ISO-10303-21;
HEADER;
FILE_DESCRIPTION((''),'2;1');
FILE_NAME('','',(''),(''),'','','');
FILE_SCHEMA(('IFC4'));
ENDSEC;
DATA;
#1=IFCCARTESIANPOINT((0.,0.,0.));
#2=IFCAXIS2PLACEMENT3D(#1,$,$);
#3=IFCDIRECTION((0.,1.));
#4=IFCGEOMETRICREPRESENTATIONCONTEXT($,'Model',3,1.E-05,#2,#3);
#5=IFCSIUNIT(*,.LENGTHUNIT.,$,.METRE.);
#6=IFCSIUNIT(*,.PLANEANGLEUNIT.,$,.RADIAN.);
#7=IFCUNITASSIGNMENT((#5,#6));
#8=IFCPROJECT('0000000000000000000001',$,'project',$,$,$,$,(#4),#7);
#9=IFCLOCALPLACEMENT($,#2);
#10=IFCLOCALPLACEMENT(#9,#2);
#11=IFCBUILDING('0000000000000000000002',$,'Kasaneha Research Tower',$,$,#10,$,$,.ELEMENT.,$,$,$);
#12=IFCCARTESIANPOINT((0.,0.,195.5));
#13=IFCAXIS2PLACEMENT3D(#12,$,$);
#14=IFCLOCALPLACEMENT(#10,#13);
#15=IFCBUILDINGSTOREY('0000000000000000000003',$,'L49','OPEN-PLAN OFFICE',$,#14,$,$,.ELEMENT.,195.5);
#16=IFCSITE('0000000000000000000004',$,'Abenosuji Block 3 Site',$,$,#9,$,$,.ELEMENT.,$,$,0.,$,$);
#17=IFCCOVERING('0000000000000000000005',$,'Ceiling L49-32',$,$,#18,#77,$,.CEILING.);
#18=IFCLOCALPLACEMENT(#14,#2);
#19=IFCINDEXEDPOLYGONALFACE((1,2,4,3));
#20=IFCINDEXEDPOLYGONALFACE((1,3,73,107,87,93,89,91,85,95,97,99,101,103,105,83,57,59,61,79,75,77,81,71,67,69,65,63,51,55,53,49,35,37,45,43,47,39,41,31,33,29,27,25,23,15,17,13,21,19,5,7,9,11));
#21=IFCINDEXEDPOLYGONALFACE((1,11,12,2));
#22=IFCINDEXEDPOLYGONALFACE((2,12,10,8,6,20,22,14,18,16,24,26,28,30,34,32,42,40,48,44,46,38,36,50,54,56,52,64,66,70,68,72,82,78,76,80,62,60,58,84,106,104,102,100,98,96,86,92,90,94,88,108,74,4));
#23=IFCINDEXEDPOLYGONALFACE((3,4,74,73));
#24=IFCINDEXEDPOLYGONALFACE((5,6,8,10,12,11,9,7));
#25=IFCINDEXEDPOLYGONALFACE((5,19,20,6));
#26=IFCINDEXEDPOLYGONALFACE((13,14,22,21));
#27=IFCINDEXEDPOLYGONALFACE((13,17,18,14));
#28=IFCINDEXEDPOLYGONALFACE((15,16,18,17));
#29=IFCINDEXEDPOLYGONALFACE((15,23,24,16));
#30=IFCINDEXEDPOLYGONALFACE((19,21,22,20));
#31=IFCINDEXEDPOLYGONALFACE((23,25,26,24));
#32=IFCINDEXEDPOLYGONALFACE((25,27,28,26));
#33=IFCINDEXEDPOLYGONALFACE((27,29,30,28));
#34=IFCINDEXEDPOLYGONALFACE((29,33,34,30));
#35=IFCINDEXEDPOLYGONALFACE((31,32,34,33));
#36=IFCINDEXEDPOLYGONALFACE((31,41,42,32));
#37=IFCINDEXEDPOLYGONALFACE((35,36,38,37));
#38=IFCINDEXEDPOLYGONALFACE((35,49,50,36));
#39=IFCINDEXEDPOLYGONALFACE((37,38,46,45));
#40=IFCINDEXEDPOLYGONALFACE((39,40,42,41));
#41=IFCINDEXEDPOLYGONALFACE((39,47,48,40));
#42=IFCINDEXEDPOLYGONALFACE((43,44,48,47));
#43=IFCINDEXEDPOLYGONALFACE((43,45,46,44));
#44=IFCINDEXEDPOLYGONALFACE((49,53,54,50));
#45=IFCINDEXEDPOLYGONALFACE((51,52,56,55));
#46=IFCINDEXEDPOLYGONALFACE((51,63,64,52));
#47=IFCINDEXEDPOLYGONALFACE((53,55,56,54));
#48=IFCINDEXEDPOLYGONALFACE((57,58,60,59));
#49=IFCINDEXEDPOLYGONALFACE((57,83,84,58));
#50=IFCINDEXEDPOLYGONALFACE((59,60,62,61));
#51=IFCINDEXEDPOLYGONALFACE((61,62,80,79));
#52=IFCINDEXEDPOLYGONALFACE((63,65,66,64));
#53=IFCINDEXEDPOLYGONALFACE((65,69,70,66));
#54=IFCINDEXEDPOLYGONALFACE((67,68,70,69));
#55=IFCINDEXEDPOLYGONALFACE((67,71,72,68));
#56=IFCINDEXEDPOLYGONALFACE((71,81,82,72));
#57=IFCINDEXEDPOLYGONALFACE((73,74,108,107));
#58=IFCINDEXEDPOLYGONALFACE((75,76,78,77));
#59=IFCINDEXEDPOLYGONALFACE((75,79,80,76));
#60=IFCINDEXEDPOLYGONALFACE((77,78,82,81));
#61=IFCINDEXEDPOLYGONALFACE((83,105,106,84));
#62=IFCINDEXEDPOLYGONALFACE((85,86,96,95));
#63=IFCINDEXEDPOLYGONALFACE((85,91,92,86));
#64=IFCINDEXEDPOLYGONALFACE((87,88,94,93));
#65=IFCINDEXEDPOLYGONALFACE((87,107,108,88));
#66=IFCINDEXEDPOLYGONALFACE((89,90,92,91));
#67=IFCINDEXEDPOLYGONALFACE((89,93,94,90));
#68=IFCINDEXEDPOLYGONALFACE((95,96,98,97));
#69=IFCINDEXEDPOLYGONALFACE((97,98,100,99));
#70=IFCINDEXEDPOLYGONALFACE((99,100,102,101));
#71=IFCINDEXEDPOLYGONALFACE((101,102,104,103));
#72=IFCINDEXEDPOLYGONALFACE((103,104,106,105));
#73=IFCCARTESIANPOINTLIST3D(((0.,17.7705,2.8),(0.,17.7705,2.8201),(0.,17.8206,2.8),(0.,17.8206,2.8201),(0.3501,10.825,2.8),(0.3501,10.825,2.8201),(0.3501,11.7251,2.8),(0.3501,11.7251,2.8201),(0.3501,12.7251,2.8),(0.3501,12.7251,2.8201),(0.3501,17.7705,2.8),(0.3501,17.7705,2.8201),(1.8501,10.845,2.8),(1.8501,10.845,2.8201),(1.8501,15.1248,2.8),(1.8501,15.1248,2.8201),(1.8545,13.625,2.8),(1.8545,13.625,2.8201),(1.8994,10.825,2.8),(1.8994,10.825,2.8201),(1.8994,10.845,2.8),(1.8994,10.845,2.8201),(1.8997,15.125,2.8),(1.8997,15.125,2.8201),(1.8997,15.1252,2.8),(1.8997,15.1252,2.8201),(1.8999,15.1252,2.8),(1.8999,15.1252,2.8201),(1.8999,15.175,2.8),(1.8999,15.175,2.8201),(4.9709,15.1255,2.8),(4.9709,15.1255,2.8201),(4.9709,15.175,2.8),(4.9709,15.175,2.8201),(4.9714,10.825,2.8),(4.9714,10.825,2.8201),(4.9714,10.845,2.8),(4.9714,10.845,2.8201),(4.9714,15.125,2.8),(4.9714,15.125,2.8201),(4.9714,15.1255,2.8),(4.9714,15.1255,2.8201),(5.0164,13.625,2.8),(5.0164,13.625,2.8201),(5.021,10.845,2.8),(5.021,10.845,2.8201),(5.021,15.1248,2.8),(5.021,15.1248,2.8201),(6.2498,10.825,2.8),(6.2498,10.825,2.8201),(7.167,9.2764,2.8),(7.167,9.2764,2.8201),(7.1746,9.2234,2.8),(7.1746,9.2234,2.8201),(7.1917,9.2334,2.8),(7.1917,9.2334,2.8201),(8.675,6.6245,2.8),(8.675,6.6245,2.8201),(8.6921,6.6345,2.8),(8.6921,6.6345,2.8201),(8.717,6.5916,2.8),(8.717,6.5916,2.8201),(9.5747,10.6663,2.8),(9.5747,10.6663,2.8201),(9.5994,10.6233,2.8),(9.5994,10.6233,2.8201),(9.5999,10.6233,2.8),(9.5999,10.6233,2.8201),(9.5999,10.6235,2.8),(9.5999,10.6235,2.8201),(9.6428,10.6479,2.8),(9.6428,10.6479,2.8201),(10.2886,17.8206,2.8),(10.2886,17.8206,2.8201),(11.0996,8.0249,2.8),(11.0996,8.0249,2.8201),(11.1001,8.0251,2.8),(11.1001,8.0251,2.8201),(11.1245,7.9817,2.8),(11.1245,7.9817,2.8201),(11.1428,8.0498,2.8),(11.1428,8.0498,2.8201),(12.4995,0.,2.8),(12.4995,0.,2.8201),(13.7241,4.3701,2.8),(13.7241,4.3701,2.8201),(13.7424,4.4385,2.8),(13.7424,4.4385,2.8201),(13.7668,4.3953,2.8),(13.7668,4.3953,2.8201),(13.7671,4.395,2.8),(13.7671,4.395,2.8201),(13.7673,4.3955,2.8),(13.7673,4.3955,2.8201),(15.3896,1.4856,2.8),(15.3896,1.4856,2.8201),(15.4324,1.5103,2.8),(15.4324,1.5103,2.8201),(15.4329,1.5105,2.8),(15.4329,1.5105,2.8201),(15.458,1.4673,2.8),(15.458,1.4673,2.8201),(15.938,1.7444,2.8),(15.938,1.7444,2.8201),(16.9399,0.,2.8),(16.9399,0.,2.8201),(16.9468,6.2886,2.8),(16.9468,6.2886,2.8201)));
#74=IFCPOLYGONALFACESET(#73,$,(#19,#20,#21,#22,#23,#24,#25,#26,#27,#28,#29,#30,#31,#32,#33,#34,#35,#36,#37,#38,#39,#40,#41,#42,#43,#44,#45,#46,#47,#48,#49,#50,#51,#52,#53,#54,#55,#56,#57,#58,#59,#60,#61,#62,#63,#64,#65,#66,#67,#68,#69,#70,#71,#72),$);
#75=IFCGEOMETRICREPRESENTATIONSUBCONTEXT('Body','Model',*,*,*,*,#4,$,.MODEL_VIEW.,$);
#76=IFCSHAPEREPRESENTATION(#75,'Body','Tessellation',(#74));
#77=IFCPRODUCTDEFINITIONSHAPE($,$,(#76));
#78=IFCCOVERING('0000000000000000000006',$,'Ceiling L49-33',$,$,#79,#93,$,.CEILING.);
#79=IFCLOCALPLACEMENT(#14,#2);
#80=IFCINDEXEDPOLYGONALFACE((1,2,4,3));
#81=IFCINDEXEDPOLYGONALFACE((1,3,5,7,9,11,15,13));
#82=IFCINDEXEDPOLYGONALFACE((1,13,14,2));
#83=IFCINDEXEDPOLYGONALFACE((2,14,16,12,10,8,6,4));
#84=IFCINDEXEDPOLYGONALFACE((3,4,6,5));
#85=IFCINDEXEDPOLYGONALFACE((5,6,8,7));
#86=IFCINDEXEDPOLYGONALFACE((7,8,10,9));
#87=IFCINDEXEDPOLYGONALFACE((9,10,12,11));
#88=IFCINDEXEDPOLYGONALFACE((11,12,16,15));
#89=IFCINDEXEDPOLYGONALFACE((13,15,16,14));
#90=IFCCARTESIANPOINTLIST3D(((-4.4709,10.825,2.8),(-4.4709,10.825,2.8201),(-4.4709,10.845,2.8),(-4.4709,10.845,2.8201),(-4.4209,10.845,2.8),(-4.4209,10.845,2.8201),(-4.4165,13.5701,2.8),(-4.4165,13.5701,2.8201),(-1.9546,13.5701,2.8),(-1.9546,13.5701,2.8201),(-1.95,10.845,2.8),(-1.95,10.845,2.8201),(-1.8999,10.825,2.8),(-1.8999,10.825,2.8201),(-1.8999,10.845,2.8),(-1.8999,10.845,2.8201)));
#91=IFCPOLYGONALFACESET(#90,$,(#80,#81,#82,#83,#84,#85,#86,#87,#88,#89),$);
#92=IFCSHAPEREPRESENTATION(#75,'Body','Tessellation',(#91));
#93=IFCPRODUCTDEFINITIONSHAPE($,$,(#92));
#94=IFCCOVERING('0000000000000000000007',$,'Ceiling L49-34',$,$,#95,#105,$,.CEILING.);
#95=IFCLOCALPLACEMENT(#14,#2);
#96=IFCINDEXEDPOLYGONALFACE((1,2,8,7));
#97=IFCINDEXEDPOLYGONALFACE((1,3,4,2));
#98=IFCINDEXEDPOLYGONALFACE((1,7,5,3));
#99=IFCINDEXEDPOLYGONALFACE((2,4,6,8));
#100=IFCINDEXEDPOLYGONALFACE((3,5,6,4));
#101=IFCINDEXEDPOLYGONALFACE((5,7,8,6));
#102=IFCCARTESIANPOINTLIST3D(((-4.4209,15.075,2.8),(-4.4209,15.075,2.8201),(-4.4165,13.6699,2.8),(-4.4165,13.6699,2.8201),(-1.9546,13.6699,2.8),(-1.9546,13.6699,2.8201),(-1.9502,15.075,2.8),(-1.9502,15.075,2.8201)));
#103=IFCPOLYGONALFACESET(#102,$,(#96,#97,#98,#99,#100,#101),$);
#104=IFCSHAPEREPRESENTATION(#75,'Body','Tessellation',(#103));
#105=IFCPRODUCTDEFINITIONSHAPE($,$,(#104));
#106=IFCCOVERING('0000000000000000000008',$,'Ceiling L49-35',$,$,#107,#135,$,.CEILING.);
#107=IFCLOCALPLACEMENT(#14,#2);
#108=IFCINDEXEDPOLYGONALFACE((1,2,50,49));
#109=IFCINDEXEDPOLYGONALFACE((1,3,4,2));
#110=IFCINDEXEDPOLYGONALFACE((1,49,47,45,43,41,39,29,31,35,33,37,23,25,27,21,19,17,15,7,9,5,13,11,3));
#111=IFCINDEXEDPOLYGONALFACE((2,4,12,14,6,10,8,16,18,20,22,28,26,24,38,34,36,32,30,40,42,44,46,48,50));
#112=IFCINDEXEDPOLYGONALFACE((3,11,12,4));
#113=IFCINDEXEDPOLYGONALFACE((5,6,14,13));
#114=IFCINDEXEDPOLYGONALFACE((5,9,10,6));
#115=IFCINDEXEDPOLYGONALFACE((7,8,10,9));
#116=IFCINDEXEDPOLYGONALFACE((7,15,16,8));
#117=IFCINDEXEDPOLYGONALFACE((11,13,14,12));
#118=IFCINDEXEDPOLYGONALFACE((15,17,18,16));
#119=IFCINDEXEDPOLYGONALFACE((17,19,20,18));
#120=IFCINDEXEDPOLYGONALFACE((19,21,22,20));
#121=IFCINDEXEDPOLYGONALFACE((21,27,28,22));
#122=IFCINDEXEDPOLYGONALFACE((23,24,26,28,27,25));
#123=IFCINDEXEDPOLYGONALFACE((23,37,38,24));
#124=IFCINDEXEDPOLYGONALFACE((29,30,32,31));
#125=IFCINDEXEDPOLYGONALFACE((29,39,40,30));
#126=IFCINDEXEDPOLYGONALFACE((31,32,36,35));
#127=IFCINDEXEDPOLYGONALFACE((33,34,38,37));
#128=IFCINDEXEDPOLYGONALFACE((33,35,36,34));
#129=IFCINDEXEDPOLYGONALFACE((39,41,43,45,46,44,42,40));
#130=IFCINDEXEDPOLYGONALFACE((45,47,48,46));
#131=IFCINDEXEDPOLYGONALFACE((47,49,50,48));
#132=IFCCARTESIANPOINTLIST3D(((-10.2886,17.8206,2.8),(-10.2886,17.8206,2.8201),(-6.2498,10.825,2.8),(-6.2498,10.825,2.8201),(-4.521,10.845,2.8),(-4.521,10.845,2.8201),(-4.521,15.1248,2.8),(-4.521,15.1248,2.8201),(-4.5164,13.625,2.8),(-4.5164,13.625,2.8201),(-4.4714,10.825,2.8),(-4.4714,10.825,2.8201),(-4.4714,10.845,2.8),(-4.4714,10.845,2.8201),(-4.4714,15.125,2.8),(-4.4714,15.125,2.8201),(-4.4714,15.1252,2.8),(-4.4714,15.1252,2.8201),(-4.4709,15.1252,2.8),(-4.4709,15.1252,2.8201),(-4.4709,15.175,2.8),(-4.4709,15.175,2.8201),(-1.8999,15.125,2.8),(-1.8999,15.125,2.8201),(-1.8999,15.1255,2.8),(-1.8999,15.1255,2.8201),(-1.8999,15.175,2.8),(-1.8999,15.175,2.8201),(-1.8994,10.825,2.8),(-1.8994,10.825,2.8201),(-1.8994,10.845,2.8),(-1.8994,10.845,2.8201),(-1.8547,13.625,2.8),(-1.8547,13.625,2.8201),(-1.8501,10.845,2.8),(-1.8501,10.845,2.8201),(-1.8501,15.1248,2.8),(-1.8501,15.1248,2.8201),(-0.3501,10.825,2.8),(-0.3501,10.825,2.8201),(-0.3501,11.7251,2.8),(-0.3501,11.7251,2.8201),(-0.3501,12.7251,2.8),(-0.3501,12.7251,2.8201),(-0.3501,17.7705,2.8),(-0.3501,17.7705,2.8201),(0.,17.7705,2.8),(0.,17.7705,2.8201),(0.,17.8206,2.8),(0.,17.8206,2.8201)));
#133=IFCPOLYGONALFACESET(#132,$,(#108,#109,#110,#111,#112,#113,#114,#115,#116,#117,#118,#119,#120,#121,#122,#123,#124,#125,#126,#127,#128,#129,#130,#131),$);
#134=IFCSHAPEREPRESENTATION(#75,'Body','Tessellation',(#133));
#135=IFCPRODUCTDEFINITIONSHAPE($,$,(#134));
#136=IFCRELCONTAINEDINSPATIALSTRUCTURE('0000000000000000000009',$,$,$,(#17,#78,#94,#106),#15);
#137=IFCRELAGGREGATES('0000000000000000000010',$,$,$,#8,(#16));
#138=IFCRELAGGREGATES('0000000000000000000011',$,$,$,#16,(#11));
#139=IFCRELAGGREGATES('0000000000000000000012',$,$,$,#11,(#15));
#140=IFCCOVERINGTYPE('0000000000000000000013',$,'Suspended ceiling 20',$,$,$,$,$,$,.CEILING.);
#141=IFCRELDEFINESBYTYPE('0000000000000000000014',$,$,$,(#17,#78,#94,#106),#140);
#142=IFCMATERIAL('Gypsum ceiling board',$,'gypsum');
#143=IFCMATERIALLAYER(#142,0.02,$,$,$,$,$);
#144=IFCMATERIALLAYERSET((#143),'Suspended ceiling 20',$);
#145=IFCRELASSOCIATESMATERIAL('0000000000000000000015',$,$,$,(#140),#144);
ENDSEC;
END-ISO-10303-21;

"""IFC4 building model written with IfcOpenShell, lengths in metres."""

from ifc_helpers import new_model, si_unit, direction, frame, origin, place, context, subcontext, project, spatial, polyline, outline, extrude, material, layer, layer_set, type_object, element, save


model = new_model("IFC4")

# Units and contexts
model_context = context("Model", 3, precision=1e-05, world=origin(), true_north=direction((0.0, 1.0)))
body_context = subcontext(model_context, "Body", "Model", "MODEL_VIEW")
ifc_project = project(units=[si_unit("LENGTHUNIT", "METRE"), si_unit("PLANEANGLEUNIT", "RADIAN")], contexts=[model_context])

# Site, building, storey
site_placement = place(None, origin())
site = spatial("IfcSite", under=ifc_project, at=site_placement, Name="Abenosuji Block 3 Site", CompositionType="ELEMENT", RefElevation=0.0)
building_placement = place(site_placement, origin())
building = spatial("IfcBuilding", under=site, at=building_placement, Name="Kasaneha Research Tower", CompositionType="ELEMENT")
storey_placement = place(building_placement, frame((0.0, 0.0, 195.5)))
storey = spatial("IfcBuildingStorey", under=building, at=storey_placement, Name="L49", Description="OPEN-PLAN OFFICE", CompositionType="ELEMENT", Elevation=195.5)

# Coverings
ifc_material_1 = material(Name="Gypsum ceiling board", Category="gypsum")
ifc_layer_1 = layer(ifc_material_1, 0.02)
ifc_layer_set_1 = layer_set([ifc_layer_1], Name="Suspended ceiling 20")
covering_type = type_object("IfcCoveringType", Name="Suspended ceiling 20", PredefinedType="CEILING", material=ifc_layer_set_1)
covering_1_placement = place(storey_placement, frame((0.0, 0.0, 2.8)))
element("IfcCovering", 1, at=covering_1_placement, inside=storey, type_object=covering_type, Name="Ceiling L49-32", PredefinedType="CEILING", context=body_context, shape_type="SweptSolid", body=[
    extrude(outline(polyline([(8.6921, 6.6345), (8.717, 6.5916), (11.1245, 7.9817), (11.0996, 8.0249), (11.1001, 8.0251), (11.1001, 8.0251), (11.1428, 8.0498), (9.6428, 10.6479), (9.5999, 10.6233), (9.5999, 10.6235), (9.5994, 10.6233), (9.5747, 10.6663), (7.167, 9.2764), (7.1917, 9.2334), (7.1746, 9.2234), (6.2498, 10.825), (4.9714, 10.825), (4.9714, 10.845), (5.021, 10.845), (5.0164, 13.625), (5.021, 15.1248), (4.9714, 15.125), (4.9714, 15.1255), (4.9709, 15.1255), (4.9709, 15.175), (1.8999, 15.175), (1.8999, 15.1252), (1.8997, 15.1252), (1.8997, 15.125), (1.8501, 15.1248), (1.8545, 13.625), (1.8501, 10.845), (1.8994, 10.845), (1.8994, 10.825), (0.3501, 10.825), (0.3501, 11.7251), (0.3501, 12.7251), (0.3501, 17.7705), (0.3501, 17.7705), (0.0, 17.7705), (0.0, 17.8206), (10.2886, 17.8206), (16.9468, 6.2886), (13.7424, 4.4385), (13.7673, 4.3955), (13.7668, 4.3953), (13.7671, 4.395), (13.7241, 4.3701), (15.3896, 1.4856), (15.4324, 1.5103), (15.4324, 1.5103), (15.4329, 1.5105), (15.458, 1.4673), (15.938, 1.7444), (16.9399, 0.0), (12.4995, 0.0), (8.675, 6.6245), (8.6921, 6.6345)])), origin(), (0.0, 0.0, 1.0), 0.02),
])
covering_2_placement = place(storey_placement, frame((0.0, 0.0, 2.8)))
element("IfcCovering", 2, at=covering_2_placement, inside=storey, type_object=covering_type, Name="Ceiling L49-33", PredefinedType="CEILING", context=body_context, shape_type="SweptSolid", body=[
    extrude(outline(polyline([(-4.4709, 10.825), (-4.4709, 10.845), (-4.4209, 10.845), (-4.4165, 13.5701), (-1.9546, 13.5701), (-1.95, 10.845), (-1.8999, 10.845), (-1.8999, 10.825), (-4.4709, 10.825)])), origin(), (0.0, 0.0, 1.0), 0.02),
])
covering_3_placement = place(storey_placement, frame((0.0, 0.0, 2.8)))
element("IfcCovering", 3, at=covering_3_placement, inside=storey, type_object=covering_type, Name="Ceiling L49-34", PredefinedType="CEILING", context=body_context, shape_type="SweptSolid", body=[
    extrude(outline(polyline([(-1.9546, 13.6699), (-4.4165, 13.6699), (-4.4209, 15.075), (-1.9502, 15.075), (-1.9546, 13.6699)])), origin(), (0.0, 0.0, 1.0), 0.02),
])
covering_4_placement = place(storey_placement, frame((0.0, 0.0, 2.8)))
element("IfcCovering", 4, at=covering_4_placement, inside=storey, type_object=covering_type, Name="Ceiling L49-35", PredefinedType="CEILING", context=body_context, shape_type="SweptSolid", body=[
    extrude(outline(polyline([(-0.3501, 11.7251), (-0.3501, 10.825), (-1.8994, 10.825), (-1.8994, 10.845), (-1.8501, 10.845), (-1.8547, 13.625), (-1.8501, 15.1248), (-1.8999, 15.125), (-1.8999, 15.1255), (-1.8999, 15.175), (-4.4709, 15.175), (-4.4709, 15.1252), (-4.4714, 15.1252), (-4.4714, 15.125), (-4.521, 15.1248), (-4.5164, 13.625), (-4.521, 10.845), (-4.4714, 10.845), (-4.4714, 10.825), (-6.2498, 10.825), (-10.2886, 17.8206), (0.0, 17.8206), (0.0, 17.7705), (-0.3501, 17.7705), (-0.3501, 17.7705), (-0.3501, 12.7251), (-0.3501, 11.7251)])), origin(), (0.0, 0.0, 1.0), 0.02),
])

save(model, "model.ifc")
